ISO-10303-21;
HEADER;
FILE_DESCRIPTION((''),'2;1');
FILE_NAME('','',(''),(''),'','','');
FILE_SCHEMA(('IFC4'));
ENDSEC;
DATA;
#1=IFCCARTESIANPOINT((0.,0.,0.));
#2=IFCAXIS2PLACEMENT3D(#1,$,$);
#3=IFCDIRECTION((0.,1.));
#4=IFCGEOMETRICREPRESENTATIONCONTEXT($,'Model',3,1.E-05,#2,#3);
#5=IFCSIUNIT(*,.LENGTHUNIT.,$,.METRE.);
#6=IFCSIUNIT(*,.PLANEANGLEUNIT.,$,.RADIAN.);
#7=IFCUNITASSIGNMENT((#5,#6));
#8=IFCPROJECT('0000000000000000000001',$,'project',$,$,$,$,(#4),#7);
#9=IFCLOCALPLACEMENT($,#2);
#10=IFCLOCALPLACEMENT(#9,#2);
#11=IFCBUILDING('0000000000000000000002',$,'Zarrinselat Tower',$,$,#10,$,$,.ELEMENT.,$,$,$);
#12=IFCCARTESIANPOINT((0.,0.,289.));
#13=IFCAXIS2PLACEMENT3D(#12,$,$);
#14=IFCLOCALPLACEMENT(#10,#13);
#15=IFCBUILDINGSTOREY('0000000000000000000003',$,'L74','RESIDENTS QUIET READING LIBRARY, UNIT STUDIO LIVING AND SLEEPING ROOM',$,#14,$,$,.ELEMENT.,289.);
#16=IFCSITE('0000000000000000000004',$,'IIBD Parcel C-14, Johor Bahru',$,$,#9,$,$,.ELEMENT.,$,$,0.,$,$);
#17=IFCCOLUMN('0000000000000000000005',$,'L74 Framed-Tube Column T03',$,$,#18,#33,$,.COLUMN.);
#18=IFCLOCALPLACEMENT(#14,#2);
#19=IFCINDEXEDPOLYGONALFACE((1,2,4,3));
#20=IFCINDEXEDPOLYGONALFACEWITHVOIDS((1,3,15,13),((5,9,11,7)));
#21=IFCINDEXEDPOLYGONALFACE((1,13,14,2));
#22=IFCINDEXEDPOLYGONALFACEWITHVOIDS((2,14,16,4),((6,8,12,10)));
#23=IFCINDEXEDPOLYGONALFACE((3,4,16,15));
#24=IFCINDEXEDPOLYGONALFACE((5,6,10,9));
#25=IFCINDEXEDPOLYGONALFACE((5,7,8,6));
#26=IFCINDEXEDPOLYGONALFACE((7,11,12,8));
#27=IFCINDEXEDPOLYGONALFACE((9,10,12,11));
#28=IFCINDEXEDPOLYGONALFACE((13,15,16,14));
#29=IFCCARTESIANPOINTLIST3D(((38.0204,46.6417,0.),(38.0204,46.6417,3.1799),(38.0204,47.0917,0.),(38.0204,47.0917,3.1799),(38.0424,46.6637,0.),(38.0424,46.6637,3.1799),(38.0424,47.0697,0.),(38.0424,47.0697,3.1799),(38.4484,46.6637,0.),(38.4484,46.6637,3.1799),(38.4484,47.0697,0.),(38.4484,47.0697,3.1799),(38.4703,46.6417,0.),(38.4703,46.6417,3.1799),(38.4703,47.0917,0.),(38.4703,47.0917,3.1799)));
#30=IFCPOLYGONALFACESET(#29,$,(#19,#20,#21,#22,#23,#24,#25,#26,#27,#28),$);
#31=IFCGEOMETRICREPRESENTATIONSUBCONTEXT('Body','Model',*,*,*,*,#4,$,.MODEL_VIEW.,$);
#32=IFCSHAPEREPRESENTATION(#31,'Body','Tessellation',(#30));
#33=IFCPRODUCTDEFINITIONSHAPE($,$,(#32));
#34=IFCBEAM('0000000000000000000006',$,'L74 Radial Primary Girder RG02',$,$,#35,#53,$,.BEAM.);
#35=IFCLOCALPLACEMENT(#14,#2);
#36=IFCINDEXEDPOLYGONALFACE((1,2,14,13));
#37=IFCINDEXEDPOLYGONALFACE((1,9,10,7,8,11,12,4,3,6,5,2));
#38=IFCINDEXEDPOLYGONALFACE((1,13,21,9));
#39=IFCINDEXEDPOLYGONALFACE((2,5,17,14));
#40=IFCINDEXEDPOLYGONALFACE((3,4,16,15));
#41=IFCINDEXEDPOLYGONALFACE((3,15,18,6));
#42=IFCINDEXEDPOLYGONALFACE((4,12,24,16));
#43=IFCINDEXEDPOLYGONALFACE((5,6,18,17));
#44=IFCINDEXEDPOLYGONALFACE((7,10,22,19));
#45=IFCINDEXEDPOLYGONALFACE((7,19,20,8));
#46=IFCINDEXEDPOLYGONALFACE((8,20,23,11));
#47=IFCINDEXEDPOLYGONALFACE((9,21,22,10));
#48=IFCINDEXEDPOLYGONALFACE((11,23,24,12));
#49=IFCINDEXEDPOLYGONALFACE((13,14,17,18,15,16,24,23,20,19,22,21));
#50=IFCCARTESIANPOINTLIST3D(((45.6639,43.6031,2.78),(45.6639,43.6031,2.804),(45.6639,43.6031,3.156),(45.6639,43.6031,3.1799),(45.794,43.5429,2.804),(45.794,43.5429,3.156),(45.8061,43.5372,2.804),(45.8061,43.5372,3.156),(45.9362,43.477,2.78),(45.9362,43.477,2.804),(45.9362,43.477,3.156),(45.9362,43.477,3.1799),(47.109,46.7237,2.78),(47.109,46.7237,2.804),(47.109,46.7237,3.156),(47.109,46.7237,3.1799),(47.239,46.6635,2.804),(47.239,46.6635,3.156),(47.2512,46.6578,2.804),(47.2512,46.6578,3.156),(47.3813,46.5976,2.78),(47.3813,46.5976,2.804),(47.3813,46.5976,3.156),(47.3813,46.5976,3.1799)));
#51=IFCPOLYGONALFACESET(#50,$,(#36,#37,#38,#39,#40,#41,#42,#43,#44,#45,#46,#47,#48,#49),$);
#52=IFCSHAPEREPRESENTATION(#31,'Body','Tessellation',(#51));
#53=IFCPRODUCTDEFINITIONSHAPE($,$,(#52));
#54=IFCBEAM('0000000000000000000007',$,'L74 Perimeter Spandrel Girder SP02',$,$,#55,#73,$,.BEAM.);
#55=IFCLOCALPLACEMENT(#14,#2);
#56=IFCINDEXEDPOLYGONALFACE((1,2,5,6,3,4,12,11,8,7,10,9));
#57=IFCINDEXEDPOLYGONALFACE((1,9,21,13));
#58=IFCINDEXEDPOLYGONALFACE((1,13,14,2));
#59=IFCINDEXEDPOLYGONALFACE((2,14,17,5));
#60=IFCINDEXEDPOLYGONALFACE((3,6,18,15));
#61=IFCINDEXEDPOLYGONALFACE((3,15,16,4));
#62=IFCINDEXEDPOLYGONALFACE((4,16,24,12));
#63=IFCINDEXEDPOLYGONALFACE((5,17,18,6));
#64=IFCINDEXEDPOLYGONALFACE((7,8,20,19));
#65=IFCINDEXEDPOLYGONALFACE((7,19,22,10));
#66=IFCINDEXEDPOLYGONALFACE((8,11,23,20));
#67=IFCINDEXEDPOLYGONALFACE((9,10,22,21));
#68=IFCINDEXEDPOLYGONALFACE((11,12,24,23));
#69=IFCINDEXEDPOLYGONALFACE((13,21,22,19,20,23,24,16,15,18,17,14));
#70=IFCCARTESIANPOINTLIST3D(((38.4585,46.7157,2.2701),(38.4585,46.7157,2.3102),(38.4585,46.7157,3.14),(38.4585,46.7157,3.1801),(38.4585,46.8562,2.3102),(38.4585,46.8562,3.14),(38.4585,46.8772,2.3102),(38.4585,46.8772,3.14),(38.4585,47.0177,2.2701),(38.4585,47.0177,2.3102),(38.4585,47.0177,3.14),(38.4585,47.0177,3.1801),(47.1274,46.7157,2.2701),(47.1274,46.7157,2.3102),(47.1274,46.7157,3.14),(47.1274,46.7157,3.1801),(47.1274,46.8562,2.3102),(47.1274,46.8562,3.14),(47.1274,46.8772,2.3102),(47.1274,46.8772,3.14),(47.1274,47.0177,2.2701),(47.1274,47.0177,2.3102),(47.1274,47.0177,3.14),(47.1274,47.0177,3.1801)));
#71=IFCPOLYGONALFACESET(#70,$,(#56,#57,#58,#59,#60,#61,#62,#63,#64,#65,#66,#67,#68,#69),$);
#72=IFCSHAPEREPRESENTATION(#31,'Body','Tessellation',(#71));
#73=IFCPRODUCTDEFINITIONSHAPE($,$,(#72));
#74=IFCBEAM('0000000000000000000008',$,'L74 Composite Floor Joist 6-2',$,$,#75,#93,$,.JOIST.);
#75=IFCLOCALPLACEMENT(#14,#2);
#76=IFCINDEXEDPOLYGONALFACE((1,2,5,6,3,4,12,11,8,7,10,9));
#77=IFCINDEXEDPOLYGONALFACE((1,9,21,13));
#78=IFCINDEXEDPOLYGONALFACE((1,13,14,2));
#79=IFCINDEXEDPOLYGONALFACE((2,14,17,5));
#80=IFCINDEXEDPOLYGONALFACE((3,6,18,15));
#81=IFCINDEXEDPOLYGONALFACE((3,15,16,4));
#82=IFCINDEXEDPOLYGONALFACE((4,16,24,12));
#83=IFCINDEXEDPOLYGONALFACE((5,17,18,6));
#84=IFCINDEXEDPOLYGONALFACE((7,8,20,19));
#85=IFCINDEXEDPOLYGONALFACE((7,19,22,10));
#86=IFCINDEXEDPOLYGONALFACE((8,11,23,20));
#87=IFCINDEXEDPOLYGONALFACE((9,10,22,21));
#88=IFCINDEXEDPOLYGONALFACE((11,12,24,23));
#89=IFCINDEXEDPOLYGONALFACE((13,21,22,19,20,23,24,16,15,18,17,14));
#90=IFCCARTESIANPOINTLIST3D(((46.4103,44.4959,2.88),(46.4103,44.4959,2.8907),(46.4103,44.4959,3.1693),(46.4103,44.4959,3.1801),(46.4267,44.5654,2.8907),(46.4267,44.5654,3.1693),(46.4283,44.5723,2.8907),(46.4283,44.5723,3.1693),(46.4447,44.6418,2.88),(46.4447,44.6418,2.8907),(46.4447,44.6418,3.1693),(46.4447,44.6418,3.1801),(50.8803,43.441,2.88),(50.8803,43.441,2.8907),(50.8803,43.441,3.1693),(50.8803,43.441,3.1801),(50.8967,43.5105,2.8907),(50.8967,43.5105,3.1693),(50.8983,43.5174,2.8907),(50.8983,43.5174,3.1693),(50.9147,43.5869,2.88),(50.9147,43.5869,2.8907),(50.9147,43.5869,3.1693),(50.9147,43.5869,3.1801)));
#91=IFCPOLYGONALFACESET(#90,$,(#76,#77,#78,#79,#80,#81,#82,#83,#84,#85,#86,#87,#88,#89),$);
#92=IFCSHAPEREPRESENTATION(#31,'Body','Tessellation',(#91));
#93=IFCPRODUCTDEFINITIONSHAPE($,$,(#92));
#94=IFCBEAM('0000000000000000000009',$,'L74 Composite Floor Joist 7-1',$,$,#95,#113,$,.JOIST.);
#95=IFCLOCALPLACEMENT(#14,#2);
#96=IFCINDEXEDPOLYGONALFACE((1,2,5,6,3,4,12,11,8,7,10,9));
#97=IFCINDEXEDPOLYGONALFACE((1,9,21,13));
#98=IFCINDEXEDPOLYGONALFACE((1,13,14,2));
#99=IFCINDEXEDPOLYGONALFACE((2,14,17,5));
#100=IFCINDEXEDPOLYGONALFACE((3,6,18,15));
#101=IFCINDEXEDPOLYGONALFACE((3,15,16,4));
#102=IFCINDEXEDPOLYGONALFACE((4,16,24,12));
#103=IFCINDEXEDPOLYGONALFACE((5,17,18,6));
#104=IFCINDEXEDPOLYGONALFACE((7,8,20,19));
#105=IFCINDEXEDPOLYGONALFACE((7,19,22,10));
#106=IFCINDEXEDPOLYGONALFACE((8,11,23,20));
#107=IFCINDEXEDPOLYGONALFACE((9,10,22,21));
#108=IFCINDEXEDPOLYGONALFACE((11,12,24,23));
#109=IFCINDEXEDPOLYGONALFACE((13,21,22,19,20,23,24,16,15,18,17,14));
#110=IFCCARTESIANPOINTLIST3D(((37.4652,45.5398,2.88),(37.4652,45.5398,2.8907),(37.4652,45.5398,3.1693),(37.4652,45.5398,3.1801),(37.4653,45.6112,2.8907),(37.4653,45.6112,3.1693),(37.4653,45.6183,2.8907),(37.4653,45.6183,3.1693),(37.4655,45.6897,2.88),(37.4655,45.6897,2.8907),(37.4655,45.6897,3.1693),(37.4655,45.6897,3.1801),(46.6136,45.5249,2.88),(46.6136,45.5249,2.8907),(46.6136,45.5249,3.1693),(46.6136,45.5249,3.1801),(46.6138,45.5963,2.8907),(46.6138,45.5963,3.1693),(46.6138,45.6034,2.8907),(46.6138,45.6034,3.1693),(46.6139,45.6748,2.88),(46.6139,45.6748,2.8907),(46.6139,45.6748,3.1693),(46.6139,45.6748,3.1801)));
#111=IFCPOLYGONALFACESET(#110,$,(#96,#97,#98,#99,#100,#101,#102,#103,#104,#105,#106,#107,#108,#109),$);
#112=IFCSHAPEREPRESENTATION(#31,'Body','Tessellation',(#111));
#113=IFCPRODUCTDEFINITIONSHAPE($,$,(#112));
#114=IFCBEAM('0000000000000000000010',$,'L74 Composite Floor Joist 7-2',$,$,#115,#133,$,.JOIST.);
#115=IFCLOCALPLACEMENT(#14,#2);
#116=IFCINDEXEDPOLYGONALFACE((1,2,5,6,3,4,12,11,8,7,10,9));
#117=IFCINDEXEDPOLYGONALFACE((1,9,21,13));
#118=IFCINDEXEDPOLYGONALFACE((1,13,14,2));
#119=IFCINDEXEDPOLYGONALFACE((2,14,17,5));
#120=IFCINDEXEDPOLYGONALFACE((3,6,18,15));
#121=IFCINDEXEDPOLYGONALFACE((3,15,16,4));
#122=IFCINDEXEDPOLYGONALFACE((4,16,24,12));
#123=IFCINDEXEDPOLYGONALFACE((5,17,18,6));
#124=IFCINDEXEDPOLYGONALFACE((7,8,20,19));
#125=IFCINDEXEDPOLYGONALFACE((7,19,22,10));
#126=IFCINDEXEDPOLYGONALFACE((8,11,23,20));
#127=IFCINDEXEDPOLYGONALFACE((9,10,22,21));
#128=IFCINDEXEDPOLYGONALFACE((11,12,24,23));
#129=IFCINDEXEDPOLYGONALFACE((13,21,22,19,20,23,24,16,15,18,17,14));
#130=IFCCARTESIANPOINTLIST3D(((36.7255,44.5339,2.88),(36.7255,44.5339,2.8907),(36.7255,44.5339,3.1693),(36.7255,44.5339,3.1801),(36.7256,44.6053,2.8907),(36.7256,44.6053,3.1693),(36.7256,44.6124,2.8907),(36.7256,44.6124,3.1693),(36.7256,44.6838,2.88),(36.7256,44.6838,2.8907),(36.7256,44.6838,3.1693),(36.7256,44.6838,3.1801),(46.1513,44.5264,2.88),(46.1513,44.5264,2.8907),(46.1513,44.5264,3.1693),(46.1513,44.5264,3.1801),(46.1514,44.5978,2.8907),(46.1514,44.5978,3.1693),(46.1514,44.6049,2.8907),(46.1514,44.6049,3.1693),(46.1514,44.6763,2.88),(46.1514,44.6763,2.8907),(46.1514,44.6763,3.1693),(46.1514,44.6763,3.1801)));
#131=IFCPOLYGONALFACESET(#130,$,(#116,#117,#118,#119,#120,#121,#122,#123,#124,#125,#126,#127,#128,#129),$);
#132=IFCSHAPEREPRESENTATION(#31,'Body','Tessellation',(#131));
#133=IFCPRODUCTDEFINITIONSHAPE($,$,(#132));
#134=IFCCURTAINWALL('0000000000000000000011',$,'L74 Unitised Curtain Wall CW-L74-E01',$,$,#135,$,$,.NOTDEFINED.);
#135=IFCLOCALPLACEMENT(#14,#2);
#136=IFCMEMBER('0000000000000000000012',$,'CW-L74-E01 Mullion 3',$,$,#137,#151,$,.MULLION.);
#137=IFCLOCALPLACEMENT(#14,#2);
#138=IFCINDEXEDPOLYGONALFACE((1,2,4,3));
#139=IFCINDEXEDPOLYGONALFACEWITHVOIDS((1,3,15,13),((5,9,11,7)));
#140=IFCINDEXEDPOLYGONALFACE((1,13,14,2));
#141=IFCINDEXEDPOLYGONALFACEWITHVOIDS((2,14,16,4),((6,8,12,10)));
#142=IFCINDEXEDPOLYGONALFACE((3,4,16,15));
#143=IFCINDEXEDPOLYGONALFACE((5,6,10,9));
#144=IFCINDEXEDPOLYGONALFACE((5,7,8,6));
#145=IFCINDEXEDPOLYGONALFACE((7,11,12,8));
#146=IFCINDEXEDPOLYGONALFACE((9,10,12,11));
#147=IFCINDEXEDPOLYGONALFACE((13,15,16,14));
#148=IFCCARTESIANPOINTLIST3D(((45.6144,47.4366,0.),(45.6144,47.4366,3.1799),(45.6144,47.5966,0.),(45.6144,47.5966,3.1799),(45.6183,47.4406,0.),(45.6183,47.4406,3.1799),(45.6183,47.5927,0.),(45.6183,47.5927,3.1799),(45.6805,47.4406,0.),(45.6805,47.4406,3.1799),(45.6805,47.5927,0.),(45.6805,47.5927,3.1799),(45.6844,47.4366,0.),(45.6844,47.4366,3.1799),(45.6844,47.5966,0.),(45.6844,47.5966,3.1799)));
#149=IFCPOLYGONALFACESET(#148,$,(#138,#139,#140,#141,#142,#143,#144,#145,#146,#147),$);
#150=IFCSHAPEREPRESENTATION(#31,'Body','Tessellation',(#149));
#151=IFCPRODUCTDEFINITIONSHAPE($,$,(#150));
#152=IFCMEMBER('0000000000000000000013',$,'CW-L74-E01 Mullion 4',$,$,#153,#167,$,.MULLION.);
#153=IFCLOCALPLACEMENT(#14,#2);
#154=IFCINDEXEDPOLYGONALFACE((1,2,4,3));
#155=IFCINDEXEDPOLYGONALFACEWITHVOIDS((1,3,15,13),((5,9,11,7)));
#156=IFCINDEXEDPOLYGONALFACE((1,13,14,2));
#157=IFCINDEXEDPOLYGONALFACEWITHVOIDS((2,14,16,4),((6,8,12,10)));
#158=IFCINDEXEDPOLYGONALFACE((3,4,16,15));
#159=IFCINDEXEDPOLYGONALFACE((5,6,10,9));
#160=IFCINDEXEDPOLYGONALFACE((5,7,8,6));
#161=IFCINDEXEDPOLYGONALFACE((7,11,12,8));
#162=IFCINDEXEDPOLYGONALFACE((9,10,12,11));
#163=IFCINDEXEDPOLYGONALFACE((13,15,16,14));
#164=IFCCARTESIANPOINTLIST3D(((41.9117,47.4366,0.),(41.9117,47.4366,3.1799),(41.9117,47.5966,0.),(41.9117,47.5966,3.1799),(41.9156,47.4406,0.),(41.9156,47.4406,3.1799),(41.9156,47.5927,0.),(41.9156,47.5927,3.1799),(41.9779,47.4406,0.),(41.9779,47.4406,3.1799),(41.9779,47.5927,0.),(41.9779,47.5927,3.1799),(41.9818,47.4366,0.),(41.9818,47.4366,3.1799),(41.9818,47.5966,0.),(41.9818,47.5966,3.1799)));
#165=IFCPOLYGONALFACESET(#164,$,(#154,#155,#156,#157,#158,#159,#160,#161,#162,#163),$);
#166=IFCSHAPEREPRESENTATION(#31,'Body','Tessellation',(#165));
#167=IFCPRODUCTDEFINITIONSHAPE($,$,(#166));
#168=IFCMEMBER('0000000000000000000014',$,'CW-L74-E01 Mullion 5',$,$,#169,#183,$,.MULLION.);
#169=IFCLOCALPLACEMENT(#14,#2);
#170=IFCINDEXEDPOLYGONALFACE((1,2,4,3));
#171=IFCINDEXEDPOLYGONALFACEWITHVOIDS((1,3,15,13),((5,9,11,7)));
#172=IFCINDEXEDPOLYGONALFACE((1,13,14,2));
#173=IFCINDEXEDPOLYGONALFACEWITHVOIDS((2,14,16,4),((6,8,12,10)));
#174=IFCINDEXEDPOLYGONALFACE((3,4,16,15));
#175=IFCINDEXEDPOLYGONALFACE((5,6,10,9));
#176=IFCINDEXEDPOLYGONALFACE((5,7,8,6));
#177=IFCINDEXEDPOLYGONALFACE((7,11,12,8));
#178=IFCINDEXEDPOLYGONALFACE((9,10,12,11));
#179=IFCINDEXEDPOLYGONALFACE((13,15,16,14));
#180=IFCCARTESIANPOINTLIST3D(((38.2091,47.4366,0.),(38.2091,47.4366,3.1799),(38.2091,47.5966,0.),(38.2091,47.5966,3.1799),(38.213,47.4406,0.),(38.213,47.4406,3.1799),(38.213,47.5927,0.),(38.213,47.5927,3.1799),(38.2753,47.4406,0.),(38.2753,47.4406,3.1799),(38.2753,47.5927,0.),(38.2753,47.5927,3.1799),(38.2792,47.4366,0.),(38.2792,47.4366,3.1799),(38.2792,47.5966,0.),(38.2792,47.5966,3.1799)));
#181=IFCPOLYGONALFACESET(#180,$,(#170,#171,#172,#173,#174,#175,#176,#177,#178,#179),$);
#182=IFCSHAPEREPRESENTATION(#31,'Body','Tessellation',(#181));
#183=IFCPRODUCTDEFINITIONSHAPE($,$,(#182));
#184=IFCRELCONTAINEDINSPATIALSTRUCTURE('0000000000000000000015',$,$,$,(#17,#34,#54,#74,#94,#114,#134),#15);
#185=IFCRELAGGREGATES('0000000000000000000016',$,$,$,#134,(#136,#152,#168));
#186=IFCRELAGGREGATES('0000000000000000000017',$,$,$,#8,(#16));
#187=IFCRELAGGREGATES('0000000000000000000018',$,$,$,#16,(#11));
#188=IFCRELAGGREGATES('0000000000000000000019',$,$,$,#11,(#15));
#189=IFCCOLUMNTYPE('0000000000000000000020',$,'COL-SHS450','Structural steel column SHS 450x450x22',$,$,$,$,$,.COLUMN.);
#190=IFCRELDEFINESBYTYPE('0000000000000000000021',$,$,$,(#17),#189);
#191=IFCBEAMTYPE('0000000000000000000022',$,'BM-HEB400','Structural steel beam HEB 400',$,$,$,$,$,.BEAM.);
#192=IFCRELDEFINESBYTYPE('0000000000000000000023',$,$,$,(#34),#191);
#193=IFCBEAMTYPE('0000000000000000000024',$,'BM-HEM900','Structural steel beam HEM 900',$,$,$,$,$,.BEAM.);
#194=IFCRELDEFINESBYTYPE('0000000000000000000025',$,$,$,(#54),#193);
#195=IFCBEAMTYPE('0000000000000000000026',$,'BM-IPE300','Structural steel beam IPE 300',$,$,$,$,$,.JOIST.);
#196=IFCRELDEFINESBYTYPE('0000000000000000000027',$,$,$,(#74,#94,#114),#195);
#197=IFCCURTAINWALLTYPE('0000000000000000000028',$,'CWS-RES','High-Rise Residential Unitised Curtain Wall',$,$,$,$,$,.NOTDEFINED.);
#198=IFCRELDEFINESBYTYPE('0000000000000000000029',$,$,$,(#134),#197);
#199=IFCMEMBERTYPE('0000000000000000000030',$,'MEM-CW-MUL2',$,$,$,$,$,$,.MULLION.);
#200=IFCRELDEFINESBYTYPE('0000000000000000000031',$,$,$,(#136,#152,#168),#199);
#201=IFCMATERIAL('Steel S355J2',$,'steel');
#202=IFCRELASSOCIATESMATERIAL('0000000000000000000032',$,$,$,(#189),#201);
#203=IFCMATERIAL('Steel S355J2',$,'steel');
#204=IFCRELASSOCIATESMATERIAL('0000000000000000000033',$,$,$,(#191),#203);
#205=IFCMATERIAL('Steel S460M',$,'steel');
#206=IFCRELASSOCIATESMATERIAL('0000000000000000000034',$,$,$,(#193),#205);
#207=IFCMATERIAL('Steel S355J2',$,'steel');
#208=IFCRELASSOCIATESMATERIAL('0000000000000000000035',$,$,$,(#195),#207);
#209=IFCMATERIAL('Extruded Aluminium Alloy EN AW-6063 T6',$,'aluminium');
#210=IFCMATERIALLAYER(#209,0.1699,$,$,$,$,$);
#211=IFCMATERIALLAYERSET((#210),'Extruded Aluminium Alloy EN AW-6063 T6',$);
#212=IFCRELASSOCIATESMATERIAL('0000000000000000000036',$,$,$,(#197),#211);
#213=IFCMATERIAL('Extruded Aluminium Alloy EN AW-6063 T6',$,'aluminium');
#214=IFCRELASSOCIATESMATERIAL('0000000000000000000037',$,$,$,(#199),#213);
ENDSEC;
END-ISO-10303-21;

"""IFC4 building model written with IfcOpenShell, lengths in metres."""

from ifc_helpers import new_model, si_unit, direction, frame, origin, origin_2d, place, context, subcontext, project, spatial, hollow_rectangle, i_section, extrude, material, layer, layer_set, material_profile, profile_set, type_object, element, aggregate, save


model = new_model("IFC4")

# Units and contexts
model_context = context("Model", 3, precision=1e-05, world=origin(), true_north=direction((0.0, 1.0)))
body_context = subcontext(model_context, "Body", "Model", "MODEL_VIEW")
ifc_project = project(units=[si_unit("LENGTHUNIT", "METRE"), si_unit("PLANEANGLEUNIT", "RADIAN")], contexts=[model_context])

# Site, building, storey
site_placement = place(None, origin())
site = spatial("IfcSite", under=ifc_project, at=site_placement, Name="IIBD Parcel C-14, Johor Bahru", CompositionType="ELEMENT", RefElevation=0.0)
building_placement = place(site_placement, origin())
building = spatial("IfcBuilding", under=site, at=building_placement, Name="Zarrinselat Tower", CompositionType="ELEMENT")
storey_placement = place(building_placement, frame((0.0, 0.0, 289.0)))
storey = spatial("IfcBuildingStorey", under=building, at=storey_placement, Name="L74", Description="RESIDENTS QUIET READING LIBRARY, UNIT STUDIO LIVING AND SLEEPING ROOM", CompositionType="ELEMENT", Elevation=289.0)

# Column
ifc_material_1 = material(Name="Steel S355J2", Category="steel")
ifc_material_profile_1 = material_profile(ifc_material_1, hollow_rectangle(XDim=0.45, YDim=0.45, WallThickness=0.022, at=origin_2d()), Name="SHS 450x450x22")
ifc_profile_set_1 = profile_set([ifc_material_profile_1], Name="Steel S355J2")
column_type = type_object("IfcColumnType", Name="COL-SHS450", Description="Structural steel column SHS 450x450x22", PredefinedType="COLUMN", material=ifc_profile_set_1)
column_placement = place(storey_placement, frame((38.2454, 46.8667, 0.0), z_axis=(0.0, 0.0, 1.0), x_axis=(1.0, 0.0, 0.0)))
element("IfcColumn", 1, at=column_placement, inside=storey, type_object=column_type, Name="L74 Framed-Tube Column T03", PredefinedType="COLUMN", context=body_context, shape_type="SweptSolid", body=[
    extrude(hollow_rectangle(XDim=0.45, YDim=0.45, WallThickness=0.022, at=origin_2d()), origin(), (0.0, 0.0, 1.0), 3.1799),
])

# Beams
ifc_material_2 = material(Name="Steel S355J2", Category="steel")
ifc_material_profile_2 = material_profile(ifc_material_2, i_section(OverallWidth=0.3, OverallDepth=0.3999, WebThickness=0.0134, FlangeThickness=0.0239, at=origin_2d()), Name="HEB 400")
ifc_profile_set_2 = profile_set([ifc_material_profile_2], Name="Steel S355J2")
beam_type_1 = type_object("IfcBeamType", Name="BM-HEB400", Description="Structural steel beam HEB 400", PredefinedType="BEAM", material=ifc_profile_set_2)
beam_1_placement = place(storey_placement, frame((45.8, 43.54, 2.98), z_axis=(0.420206, 0.907429, 0.0), x_axis=(-0.907429, 0.420206, 0.0)))
element("IfcBeam", 2, at=beam_1_placement, inside=storey, type_object=beam_type_1, Name="L74 Radial Primary Girder RG02", PredefinedType="BEAM", context=body_context, shape_type="SweptSolid", body=[
    extrude(i_section(OverallWidth=0.3, OverallDepth=0.3999, WebThickness=0.0134, FlangeThickness=0.0239, at=origin_2d()), origin(), (0.0, 0.0, 1.0), 3.439),
])
ifc_material_3 = material(Name="Steel S460M", Category="steel")
ifc_material_profile_3 = material_profile(ifc_material_3, i_section(OverallWidth=0.302, OverallDepth=0.9099, WebThickness=0.021, FlangeThickness=0.04, at=origin_2d()), Name="HEM 900")
ifc_profile_set_3 = profile_set([ifc_material_profile_3], Name="Steel S460M")
beam_type_2 = type_object("IfcBeamType", Name="BM-HEM900", Description="Structural steel beam HEM 900", PredefinedType="BEAM", material=ifc_profile_set_3)
beam_2_placement = place(storey_placement, frame((38.4585, 46.8667, 2.7251), z_axis=(1.0, 0.0, 0.0), x_axis=(0.0, 1.0, 0.0)))
element("IfcBeam", 3, at=beam_2_placement, inside=storey, type_object=beam_type_2, Name="L74 Perimeter Spandrel Girder SP02", PredefinedType="BEAM", context=body_context, shape_type="SweptSolid", body=[
    extrude(i_section(OverallWidth=0.302, OverallDepth=0.9099, WebThickness=0.021, FlangeThickness=0.04, at=origin_2d()), origin(), (0.0, 0.0, 1.0), 8.6689),
])
ifc_material_4 = material(Name="Steel S355J2", Category="steel")
ifc_material_profile_4 = material_profile(ifc_material_4, i_section(OverallWidth=0.1499, OverallDepth=0.3, WebThickness=0.0071, FlangeThickness=0.0107, at=origin_2d()), Name="IPE 300")
ifc_profile_set_4 = profile_set([ifc_material_profile_4], Name="Steel S355J2")
beam_type_3 = type_object("IfcBeamType", Name="BM-IPE300", Description="Structural steel beam IPE 300", PredefinedType="JOIST", material=ifc_profile_set_4)
beam_3_placement = place(storey_placement, frame((46.4275, 44.5688, 3.03), z_axis=(0.973263, -0.229694, 0.0), x_axis=(0.229694, 0.973263, 0.0)))
element("IfcBeam", 4, at=beam_3_placement, inside=storey, type_object=beam_type_3, Name="L74 Composite Floor Joist 6-2", PredefinedType="JOIST", context=body_context, shape_type="SweptSolid", body=[
    extrude(i_section(OverallWidth=0.1499, OverallDepth=0.3, WebThickness=0.0071, FlangeThickness=0.0107, at=origin_2d()), origin(), (0.0, 0.0, 1.0), 4.5928),
])
beam_4_placement = place(storey_placement, frame((37.4653, 45.6147, 3.03), z_axis=(0.999999, -0.001628, 0.0), x_axis=(0.001628, 0.999999, 0.0)))
element("IfcBeam", 5, at=beam_4_placement, inside=storey, type_object=beam_type_3, Name="L74 Composite Floor Joist 7-1", PredefinedType="JOIST", context=body_context, shape_type="SweptSolid", body=[
    extrude(i_section(OverallWidth=0.1499, OverallDepth=0.3, WebThickness=0.0071, FlangeThickness=0.0107, at=origin_2d()), origin(), (0.0, 0.0, 1.0), 9.1484),
])
beam_5_placement = place(storey_placement, frame((36.7256, 44.6089, 3.03), z_axis=(1.0, -0.000803, 0.0), x_axis=(0.000803, 1.0, 0.0)))
element("IfcBeam", 6, at=beam_5_placement, inside=storey, type_object=beam_type_3, Name="L74 Composite Floor Joist 7-2", PredefinedType="JOIST", context=body_context, shape_type="SweptSolid", body=[
    extrude(i_section(OverallWidth=0.1499, OverallDepth=0.3, WebThickness=0.0071, FlangeThickness=0.0107, at=origin_2d()), origin(), (0.0, 0.0, 1.0), 9.4258),
])

# Curtain wall, members
ifc_material_5 = material(Name="Extruded Aluminium Alloy EN AW-6063 T6", Category="aluminium")
ifc_layer_1 = layer(ifc_material_5, 0.1699)
ifc_layer_set_1 = layer_set([ifc_layer_1], Name="Extruded Aluminium Alloy EN AW-6063 T6")
curtain_wall_type = type_object("IfcCurtainWallType", Name="CWS-RES", Description="High-Rise Residential Unitised Curtain Wall", PredefinedType="NOTDEFINED", material=ifc_layer_set_1)
curtain_wall_placement = place(storey_placement, origin())
curtain_wall = element("IfcCurtainWall", 7, at=curtain_wall_placement, inside=storey, type_object=curtain_wall_type, Name="L74 Unitised Curtain Wall CW-L74-E01", PredefinedType="NOTDEFINED")
ifc_material_6 = material(Name="Extruded Aluminium Alloy EN AW-6063 T6", Category="aluminium")
ifc_material_profile_5 = material_profile(ifc_material_6, hollow_rectangle(XDim=0.0701, YDim=0.1599, WallThickness=0.0039, at=origin_2d()), Name="RHS 160x70x4")
ifc_profile_set_5 = profile_set([ifc_material_profile_5], Name="Extruded Aluminium Alloy EN AW-6063 T6")
member_type_1 = type_object("IfcMemberType", Name="MEM-CW-MUL2", PredefinedType="MULLION", material=ifc_profile_set_5)
member_1_placement = place(storey_placement, frame((45.6494, 47.5166, 0.0), z_axis=(0.0, 0.0, 1.0), x_axis=(-1.0, 0.0, 0.0)))
member_1 = element("IfcMember", 8, at=member_1_placement, type_object=member_type_1, Name="CW-L74-E01 Mullion 3", PredefinedType="MULLION", context=body_context, shape_type="SweptSolid", body=[
    extrude(hollow_rectangle(XDim=0.0701, YDim=0.1599, WallThickness=0.0039, at=origin_2d()), origin(), (0.0, 0.0, 1.0), 3.1799),
])
member_2_placement = place(storey_placement, frame((41.9468, 47.5166, 0.0), z_axis=(0.0, 0.0, 1.0), x_axis=(-1.0, 0.0, 0.0)))
member_2 = element("IfcMember", 9, at=member_2_placement, type_object=member_type_1, Name="CW-L74-E01 Mullion 4", PredefinedType="MULLION", context=body_context, shape_type="SweptSolid", body=[
    extrude(hollow_rectangle(XDim=0.0701, YDim=0.1599, WallThickness=0.0039, at=origin_2d()), origin(), (0.0, 0.0, 1.0), 3.1799),
])
member_3_placement = place(storey_placement, frame((38.2441, 47.5166, 0.0), z_axis=(0.0, 0.0, 1.0), x_axis=(-1.0, 0.0, 0.0)))
member_3 = element("IfcMember", 10, at=member_3_placement, type_object=member_type_1, Name="CW-L74-E01 Mullion 5", PredefinedType="MULLION", context=body_context, shape_type="SweptSolid", body=[
    extrude(hollow_rectangle(XDim=0.0701, YDim=0.1599, WallThickness=0.0039, at=origin_2d()), origin(), (0.0, 0.0, 1.0), 3.1799),
])
aggregate(curtain_wall, [member_1, member_2, member_3])

save(model, "model.ifc")
